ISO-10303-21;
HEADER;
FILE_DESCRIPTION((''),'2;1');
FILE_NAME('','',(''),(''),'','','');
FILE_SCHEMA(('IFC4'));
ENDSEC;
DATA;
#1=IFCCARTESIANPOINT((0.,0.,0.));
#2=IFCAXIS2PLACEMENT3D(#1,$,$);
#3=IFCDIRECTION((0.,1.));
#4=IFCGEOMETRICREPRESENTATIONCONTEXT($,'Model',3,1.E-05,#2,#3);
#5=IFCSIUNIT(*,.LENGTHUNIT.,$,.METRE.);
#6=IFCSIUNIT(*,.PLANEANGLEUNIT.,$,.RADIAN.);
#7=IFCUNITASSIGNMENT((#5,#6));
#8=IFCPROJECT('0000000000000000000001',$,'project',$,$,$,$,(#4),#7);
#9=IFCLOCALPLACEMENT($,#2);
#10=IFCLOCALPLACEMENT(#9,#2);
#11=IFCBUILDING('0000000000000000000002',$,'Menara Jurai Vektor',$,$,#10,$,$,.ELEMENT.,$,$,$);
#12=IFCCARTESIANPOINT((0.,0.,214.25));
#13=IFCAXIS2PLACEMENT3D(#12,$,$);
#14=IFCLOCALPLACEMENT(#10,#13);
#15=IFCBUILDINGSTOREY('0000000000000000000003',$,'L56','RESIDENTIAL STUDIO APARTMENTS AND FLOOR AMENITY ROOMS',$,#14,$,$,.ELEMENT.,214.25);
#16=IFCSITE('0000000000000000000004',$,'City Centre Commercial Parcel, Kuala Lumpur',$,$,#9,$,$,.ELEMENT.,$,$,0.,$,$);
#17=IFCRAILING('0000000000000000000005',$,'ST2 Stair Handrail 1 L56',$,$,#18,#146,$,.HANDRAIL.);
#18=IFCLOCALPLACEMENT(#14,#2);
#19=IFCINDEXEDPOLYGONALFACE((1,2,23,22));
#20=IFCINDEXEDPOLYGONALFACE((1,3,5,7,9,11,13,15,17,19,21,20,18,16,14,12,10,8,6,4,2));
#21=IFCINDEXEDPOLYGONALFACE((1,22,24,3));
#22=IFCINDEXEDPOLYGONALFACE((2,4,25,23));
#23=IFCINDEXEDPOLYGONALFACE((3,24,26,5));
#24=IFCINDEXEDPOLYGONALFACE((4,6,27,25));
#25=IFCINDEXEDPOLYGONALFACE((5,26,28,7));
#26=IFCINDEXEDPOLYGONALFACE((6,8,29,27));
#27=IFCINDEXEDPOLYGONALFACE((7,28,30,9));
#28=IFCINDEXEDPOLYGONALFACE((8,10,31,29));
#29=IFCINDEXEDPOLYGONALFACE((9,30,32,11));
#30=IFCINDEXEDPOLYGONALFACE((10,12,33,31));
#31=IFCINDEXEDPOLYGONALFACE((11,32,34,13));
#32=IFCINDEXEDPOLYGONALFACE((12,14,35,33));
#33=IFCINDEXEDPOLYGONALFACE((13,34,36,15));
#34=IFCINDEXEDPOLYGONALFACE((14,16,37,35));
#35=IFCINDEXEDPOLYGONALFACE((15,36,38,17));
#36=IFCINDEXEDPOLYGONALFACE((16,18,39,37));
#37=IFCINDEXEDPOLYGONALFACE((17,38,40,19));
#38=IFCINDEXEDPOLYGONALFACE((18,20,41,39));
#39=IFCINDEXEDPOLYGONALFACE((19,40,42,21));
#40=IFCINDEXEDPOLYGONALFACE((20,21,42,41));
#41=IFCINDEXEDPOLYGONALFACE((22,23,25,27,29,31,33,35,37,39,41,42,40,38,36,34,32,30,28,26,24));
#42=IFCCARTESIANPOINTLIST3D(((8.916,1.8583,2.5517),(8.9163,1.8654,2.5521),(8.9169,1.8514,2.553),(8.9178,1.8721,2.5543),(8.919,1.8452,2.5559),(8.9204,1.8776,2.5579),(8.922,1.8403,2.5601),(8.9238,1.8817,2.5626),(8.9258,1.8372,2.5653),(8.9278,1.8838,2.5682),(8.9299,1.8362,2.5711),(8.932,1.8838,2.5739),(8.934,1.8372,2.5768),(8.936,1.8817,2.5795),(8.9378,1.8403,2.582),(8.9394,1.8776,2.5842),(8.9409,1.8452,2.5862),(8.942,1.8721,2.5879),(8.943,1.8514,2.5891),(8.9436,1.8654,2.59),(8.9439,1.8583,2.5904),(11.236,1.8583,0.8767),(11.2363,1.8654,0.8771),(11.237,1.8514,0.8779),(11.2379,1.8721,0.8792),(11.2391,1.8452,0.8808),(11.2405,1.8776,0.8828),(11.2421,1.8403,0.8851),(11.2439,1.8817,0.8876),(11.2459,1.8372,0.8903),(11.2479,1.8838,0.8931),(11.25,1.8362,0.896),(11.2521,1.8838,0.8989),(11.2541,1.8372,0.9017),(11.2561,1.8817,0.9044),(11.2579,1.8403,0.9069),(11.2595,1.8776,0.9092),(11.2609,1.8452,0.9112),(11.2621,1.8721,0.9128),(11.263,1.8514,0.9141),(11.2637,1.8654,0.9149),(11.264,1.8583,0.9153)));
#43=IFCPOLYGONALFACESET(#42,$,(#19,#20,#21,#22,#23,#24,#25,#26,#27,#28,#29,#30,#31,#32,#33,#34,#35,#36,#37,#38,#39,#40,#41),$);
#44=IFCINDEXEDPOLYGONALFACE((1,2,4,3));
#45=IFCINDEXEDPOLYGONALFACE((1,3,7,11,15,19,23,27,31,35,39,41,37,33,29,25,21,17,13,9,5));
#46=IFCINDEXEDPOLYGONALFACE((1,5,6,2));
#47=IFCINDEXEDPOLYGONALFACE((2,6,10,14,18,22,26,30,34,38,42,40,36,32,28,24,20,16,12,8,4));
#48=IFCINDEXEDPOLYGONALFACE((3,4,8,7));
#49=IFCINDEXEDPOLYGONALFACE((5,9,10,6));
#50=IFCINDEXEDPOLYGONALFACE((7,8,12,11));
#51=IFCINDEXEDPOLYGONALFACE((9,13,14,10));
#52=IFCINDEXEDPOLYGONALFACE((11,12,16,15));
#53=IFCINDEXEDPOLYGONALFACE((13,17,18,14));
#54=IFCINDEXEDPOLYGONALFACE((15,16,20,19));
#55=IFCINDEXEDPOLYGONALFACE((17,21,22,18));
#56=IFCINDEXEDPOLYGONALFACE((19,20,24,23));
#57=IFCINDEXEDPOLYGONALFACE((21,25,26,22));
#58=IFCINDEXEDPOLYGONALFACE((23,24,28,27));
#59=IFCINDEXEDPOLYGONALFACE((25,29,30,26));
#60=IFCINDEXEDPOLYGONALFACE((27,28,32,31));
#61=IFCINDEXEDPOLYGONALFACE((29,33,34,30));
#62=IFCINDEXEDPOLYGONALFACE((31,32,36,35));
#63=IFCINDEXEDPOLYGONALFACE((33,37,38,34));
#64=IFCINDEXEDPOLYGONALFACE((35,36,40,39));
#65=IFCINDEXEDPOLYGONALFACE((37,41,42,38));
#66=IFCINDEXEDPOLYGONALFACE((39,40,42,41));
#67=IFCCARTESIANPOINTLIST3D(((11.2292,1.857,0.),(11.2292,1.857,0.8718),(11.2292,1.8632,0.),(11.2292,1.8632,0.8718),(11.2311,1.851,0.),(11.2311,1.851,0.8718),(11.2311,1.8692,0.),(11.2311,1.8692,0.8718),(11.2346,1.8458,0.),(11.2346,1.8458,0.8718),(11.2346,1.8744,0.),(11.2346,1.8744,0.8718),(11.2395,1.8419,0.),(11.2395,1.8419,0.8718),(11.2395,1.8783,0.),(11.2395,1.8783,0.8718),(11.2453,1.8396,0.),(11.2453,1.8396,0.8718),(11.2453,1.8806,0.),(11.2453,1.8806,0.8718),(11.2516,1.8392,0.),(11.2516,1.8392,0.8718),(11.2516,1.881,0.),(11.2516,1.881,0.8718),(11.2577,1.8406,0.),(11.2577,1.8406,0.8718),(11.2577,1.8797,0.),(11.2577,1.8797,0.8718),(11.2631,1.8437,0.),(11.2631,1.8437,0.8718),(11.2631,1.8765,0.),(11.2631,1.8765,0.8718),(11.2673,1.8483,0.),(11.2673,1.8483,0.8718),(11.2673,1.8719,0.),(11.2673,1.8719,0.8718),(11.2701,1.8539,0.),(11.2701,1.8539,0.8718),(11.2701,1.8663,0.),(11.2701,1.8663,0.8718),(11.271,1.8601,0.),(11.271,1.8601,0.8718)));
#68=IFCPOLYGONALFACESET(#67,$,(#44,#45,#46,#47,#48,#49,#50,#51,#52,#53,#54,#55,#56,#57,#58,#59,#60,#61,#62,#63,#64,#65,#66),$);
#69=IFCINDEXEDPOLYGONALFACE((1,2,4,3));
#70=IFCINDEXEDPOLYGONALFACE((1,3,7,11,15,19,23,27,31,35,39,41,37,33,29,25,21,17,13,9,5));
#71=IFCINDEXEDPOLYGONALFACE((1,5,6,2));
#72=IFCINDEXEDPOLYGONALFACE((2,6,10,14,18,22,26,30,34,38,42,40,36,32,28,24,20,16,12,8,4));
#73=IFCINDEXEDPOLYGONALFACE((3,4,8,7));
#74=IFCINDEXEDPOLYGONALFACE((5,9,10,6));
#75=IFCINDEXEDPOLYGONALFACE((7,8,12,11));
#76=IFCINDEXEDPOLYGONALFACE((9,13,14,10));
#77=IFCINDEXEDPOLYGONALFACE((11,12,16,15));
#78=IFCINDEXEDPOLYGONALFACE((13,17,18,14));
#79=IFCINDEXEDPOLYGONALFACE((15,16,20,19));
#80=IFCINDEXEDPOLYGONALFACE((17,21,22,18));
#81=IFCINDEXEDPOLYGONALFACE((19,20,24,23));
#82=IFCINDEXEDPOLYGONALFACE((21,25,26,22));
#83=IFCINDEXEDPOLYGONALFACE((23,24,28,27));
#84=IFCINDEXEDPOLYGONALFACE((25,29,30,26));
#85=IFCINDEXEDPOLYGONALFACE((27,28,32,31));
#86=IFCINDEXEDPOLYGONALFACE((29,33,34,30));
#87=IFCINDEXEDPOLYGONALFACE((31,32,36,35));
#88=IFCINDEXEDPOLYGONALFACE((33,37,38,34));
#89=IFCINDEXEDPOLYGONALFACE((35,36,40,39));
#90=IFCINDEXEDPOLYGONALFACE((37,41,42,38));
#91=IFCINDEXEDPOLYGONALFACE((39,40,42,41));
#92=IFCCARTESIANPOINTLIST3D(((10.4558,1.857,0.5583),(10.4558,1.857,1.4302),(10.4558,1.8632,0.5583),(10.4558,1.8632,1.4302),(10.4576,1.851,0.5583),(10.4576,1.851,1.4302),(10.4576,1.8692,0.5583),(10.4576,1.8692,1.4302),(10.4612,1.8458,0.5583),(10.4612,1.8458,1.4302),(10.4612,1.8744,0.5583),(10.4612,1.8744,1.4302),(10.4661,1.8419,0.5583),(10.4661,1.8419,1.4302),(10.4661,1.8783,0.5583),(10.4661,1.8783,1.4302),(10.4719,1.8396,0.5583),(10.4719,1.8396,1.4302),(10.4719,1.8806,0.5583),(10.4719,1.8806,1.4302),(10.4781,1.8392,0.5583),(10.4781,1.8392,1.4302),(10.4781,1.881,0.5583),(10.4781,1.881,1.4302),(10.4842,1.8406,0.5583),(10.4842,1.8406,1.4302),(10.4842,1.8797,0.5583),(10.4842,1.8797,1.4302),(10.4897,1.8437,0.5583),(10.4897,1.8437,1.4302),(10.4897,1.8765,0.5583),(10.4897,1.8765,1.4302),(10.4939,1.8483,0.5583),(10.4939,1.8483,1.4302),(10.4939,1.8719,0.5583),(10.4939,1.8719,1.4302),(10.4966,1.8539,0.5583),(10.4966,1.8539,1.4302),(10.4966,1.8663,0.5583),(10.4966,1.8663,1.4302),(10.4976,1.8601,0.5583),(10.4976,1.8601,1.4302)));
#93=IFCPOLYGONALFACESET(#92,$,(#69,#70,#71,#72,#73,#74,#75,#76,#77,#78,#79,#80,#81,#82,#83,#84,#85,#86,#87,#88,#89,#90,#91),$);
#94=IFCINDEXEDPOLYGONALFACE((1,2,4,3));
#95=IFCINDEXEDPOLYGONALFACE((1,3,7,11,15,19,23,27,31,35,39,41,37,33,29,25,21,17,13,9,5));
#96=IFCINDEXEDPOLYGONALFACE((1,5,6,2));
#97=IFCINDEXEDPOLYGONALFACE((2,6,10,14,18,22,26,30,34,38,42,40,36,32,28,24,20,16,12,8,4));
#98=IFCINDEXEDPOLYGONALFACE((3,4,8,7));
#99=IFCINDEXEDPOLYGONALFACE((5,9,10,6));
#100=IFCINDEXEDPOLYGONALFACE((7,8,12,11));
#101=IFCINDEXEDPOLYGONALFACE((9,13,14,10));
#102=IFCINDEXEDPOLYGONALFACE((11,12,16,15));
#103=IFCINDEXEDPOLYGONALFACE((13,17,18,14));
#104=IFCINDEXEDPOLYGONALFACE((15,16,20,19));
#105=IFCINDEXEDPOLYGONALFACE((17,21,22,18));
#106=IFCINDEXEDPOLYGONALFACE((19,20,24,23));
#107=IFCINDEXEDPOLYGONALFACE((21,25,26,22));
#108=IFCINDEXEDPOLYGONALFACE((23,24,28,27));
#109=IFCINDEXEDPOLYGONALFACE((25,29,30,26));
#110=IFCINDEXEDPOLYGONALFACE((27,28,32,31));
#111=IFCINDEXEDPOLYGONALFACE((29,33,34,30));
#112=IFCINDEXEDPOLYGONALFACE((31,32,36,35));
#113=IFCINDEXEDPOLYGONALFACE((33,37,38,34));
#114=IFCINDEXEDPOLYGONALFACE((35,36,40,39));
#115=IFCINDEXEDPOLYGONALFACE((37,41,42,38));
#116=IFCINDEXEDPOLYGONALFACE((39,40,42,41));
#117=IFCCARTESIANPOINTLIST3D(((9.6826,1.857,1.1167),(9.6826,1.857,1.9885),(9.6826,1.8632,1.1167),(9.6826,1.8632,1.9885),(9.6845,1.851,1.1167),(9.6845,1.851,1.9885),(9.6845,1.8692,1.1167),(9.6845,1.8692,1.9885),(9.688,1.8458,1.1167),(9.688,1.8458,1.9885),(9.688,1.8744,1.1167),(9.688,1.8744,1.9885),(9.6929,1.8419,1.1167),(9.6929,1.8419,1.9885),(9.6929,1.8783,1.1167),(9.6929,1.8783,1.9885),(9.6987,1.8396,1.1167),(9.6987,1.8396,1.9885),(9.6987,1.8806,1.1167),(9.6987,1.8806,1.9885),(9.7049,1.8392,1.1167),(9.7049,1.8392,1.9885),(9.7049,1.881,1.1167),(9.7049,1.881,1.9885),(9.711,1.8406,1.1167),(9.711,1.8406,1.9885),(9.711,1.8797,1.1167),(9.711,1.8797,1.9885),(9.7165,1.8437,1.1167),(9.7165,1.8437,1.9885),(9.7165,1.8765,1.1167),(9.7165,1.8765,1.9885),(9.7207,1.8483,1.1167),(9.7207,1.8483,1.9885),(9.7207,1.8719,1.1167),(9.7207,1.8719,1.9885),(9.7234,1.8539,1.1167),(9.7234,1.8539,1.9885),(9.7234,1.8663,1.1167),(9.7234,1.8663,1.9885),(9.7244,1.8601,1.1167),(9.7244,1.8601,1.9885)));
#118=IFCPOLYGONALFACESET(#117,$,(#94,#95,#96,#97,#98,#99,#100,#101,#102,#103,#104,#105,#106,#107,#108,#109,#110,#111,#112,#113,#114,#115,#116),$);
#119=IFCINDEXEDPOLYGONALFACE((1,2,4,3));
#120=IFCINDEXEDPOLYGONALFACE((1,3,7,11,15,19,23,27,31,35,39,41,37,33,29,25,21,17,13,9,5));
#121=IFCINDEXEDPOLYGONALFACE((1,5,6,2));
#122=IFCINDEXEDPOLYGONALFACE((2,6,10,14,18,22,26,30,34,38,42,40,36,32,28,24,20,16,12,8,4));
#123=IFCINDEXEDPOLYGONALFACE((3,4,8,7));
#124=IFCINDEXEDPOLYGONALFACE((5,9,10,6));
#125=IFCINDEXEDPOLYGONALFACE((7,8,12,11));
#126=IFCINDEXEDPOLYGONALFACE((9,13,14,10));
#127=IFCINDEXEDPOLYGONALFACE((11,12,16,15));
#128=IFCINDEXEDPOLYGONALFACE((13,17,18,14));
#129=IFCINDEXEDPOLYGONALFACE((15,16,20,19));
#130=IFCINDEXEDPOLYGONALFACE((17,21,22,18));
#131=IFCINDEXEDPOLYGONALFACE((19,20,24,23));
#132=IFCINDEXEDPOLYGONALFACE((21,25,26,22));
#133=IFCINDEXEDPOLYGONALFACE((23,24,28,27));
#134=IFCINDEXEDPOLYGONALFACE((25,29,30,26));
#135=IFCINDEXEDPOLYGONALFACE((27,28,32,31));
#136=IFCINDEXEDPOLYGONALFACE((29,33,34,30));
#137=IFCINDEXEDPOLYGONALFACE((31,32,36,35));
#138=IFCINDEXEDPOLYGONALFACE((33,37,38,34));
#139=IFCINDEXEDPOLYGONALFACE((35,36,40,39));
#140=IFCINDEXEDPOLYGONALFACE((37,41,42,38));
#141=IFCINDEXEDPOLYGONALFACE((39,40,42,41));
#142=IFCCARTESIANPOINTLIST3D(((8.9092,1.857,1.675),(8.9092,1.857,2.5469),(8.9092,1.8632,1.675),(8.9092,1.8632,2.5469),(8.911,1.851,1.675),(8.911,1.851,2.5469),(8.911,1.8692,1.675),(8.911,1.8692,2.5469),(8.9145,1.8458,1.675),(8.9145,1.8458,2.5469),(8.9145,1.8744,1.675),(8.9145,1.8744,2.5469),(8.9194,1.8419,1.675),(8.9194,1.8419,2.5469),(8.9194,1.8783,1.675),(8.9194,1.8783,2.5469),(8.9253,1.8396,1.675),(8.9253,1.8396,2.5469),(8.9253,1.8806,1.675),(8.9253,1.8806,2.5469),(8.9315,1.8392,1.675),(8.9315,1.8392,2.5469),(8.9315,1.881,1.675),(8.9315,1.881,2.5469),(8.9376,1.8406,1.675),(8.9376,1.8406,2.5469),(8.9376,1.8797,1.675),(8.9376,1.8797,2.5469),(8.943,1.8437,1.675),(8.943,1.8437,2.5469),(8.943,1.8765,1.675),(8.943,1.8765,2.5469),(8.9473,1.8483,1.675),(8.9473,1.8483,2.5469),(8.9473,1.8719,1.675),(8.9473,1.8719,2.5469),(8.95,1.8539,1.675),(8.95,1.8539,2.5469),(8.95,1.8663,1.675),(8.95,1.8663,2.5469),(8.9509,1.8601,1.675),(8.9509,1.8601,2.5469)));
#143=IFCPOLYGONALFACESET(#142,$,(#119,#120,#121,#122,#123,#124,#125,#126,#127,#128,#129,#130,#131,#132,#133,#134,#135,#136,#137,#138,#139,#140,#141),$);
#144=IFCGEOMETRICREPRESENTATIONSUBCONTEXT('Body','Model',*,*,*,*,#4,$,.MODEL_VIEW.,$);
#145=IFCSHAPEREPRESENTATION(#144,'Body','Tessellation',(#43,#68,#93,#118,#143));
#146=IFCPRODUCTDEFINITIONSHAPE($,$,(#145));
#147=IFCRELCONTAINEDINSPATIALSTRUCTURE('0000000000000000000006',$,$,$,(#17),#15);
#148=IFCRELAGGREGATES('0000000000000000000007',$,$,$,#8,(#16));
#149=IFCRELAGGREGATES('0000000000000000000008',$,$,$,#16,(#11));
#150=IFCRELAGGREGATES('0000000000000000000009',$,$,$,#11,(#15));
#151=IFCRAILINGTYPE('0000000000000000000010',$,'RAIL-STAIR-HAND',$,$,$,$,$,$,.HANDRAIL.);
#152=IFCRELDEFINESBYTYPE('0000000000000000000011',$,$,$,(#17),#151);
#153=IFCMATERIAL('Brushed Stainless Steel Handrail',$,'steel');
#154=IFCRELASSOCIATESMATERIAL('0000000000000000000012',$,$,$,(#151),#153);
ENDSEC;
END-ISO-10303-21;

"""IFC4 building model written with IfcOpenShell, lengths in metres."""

from ifc_helpers import new_model, si_unit, direction, frame, origin, origin_2d, place, context, subcontext, project, spatial, circle, extrude, material, type_object, element, save


model = new_model("IFC4")

# Units and contexts
model_context = context("Model", 3, precision=1e-05, world=origin(), true_north=direction((0.0, 1.0)))
body_context = subcontext(model_context, "Body", "Model", "MODEL_VIEW")
ifc_project = project(units=[si_unit("LENGTHUNIT", "METRE"), si_unit("PLANEANGLEUNIT", "RADIAN")], contexts=[model_context])

# Site, building, storey
site_placement = place(None, origin())
site = spatial("IfcSite", under=ifc_project, at=site_placement, Name="City Centre Commercial Parcel, Kuala Lumpur", CompositionType="ELEMENT", RefElevation=0.0)
building_placement = place(site_placement, origin())
building = spatial("IfcBuilding", under=site, at=building_placement, Name="Menara Jurai Vektor", CompositionType="ELEMENT")
storey_placement = place(building_placement, frame((0.0, 0.0, 214.25)))
storey = spatial("IfcBuildingStorey", under=building, at=storey_placement, Name="L56", Description="RESIDENTIAL STUDIO APARTMENTS AND FLOOR AMENITY ROOMS", CompositionType="ELEMENT", Elevation=214.25)

# Railing
ifc_material_1 = material(Name="Brushed Stainless Steel Handrail", Category="steel")
railing_type_1 = type_object("IfcRailingType", Name="RAIL-STAIR-HAND", PredefinedType="HANDRAIL", material=ifc_material_1)
railing_1_placement = place(storey_placement, frame((11.25, 1.8601, 0.0)))
element("IfcRailing", 1, at=railing_1_placement, inside=storey, type_object=railing_type_1, Name="ST2 Stair Handrail 1 L56", PredefinedType="HANDRAIL", context=body_context, shape_type="SweptSolid", body=[
    extrude(circle(Radius=0.0239, at=origin_2d()), frame((0.0, 0.0, 0.896), z_axis=(-0.810771, 0.0, 0.585363), x_axis=(0.0, -1.0, 0.0)), (0.0, 0.0, 1.0), 2.8616),
    extrude(circle(Radius=0.021, at=origin_2d()), origin(), (0.0, 0.0, 1.0), 0.8718),
    extrude(circle(Radius=0.021, at=origin_2d()), frame((-0.7734, 0.0, 0.5583)), (0.0, 0.0, 1.0), 0.8718),
    extrude(circle(Radius=0.021, at=origin_2d()), frame((-1.5466, 0.0, 1.1167)), (0.0, 0.0, 1.0), 0.8718),
    extrude(circle(Radius=0.021, at=origin_2d()), frame((-2.3201, 0.0, 1.675)), (0.0, 0.0, 1.0), 0.8718),
])

save(model, "model.ifc")
